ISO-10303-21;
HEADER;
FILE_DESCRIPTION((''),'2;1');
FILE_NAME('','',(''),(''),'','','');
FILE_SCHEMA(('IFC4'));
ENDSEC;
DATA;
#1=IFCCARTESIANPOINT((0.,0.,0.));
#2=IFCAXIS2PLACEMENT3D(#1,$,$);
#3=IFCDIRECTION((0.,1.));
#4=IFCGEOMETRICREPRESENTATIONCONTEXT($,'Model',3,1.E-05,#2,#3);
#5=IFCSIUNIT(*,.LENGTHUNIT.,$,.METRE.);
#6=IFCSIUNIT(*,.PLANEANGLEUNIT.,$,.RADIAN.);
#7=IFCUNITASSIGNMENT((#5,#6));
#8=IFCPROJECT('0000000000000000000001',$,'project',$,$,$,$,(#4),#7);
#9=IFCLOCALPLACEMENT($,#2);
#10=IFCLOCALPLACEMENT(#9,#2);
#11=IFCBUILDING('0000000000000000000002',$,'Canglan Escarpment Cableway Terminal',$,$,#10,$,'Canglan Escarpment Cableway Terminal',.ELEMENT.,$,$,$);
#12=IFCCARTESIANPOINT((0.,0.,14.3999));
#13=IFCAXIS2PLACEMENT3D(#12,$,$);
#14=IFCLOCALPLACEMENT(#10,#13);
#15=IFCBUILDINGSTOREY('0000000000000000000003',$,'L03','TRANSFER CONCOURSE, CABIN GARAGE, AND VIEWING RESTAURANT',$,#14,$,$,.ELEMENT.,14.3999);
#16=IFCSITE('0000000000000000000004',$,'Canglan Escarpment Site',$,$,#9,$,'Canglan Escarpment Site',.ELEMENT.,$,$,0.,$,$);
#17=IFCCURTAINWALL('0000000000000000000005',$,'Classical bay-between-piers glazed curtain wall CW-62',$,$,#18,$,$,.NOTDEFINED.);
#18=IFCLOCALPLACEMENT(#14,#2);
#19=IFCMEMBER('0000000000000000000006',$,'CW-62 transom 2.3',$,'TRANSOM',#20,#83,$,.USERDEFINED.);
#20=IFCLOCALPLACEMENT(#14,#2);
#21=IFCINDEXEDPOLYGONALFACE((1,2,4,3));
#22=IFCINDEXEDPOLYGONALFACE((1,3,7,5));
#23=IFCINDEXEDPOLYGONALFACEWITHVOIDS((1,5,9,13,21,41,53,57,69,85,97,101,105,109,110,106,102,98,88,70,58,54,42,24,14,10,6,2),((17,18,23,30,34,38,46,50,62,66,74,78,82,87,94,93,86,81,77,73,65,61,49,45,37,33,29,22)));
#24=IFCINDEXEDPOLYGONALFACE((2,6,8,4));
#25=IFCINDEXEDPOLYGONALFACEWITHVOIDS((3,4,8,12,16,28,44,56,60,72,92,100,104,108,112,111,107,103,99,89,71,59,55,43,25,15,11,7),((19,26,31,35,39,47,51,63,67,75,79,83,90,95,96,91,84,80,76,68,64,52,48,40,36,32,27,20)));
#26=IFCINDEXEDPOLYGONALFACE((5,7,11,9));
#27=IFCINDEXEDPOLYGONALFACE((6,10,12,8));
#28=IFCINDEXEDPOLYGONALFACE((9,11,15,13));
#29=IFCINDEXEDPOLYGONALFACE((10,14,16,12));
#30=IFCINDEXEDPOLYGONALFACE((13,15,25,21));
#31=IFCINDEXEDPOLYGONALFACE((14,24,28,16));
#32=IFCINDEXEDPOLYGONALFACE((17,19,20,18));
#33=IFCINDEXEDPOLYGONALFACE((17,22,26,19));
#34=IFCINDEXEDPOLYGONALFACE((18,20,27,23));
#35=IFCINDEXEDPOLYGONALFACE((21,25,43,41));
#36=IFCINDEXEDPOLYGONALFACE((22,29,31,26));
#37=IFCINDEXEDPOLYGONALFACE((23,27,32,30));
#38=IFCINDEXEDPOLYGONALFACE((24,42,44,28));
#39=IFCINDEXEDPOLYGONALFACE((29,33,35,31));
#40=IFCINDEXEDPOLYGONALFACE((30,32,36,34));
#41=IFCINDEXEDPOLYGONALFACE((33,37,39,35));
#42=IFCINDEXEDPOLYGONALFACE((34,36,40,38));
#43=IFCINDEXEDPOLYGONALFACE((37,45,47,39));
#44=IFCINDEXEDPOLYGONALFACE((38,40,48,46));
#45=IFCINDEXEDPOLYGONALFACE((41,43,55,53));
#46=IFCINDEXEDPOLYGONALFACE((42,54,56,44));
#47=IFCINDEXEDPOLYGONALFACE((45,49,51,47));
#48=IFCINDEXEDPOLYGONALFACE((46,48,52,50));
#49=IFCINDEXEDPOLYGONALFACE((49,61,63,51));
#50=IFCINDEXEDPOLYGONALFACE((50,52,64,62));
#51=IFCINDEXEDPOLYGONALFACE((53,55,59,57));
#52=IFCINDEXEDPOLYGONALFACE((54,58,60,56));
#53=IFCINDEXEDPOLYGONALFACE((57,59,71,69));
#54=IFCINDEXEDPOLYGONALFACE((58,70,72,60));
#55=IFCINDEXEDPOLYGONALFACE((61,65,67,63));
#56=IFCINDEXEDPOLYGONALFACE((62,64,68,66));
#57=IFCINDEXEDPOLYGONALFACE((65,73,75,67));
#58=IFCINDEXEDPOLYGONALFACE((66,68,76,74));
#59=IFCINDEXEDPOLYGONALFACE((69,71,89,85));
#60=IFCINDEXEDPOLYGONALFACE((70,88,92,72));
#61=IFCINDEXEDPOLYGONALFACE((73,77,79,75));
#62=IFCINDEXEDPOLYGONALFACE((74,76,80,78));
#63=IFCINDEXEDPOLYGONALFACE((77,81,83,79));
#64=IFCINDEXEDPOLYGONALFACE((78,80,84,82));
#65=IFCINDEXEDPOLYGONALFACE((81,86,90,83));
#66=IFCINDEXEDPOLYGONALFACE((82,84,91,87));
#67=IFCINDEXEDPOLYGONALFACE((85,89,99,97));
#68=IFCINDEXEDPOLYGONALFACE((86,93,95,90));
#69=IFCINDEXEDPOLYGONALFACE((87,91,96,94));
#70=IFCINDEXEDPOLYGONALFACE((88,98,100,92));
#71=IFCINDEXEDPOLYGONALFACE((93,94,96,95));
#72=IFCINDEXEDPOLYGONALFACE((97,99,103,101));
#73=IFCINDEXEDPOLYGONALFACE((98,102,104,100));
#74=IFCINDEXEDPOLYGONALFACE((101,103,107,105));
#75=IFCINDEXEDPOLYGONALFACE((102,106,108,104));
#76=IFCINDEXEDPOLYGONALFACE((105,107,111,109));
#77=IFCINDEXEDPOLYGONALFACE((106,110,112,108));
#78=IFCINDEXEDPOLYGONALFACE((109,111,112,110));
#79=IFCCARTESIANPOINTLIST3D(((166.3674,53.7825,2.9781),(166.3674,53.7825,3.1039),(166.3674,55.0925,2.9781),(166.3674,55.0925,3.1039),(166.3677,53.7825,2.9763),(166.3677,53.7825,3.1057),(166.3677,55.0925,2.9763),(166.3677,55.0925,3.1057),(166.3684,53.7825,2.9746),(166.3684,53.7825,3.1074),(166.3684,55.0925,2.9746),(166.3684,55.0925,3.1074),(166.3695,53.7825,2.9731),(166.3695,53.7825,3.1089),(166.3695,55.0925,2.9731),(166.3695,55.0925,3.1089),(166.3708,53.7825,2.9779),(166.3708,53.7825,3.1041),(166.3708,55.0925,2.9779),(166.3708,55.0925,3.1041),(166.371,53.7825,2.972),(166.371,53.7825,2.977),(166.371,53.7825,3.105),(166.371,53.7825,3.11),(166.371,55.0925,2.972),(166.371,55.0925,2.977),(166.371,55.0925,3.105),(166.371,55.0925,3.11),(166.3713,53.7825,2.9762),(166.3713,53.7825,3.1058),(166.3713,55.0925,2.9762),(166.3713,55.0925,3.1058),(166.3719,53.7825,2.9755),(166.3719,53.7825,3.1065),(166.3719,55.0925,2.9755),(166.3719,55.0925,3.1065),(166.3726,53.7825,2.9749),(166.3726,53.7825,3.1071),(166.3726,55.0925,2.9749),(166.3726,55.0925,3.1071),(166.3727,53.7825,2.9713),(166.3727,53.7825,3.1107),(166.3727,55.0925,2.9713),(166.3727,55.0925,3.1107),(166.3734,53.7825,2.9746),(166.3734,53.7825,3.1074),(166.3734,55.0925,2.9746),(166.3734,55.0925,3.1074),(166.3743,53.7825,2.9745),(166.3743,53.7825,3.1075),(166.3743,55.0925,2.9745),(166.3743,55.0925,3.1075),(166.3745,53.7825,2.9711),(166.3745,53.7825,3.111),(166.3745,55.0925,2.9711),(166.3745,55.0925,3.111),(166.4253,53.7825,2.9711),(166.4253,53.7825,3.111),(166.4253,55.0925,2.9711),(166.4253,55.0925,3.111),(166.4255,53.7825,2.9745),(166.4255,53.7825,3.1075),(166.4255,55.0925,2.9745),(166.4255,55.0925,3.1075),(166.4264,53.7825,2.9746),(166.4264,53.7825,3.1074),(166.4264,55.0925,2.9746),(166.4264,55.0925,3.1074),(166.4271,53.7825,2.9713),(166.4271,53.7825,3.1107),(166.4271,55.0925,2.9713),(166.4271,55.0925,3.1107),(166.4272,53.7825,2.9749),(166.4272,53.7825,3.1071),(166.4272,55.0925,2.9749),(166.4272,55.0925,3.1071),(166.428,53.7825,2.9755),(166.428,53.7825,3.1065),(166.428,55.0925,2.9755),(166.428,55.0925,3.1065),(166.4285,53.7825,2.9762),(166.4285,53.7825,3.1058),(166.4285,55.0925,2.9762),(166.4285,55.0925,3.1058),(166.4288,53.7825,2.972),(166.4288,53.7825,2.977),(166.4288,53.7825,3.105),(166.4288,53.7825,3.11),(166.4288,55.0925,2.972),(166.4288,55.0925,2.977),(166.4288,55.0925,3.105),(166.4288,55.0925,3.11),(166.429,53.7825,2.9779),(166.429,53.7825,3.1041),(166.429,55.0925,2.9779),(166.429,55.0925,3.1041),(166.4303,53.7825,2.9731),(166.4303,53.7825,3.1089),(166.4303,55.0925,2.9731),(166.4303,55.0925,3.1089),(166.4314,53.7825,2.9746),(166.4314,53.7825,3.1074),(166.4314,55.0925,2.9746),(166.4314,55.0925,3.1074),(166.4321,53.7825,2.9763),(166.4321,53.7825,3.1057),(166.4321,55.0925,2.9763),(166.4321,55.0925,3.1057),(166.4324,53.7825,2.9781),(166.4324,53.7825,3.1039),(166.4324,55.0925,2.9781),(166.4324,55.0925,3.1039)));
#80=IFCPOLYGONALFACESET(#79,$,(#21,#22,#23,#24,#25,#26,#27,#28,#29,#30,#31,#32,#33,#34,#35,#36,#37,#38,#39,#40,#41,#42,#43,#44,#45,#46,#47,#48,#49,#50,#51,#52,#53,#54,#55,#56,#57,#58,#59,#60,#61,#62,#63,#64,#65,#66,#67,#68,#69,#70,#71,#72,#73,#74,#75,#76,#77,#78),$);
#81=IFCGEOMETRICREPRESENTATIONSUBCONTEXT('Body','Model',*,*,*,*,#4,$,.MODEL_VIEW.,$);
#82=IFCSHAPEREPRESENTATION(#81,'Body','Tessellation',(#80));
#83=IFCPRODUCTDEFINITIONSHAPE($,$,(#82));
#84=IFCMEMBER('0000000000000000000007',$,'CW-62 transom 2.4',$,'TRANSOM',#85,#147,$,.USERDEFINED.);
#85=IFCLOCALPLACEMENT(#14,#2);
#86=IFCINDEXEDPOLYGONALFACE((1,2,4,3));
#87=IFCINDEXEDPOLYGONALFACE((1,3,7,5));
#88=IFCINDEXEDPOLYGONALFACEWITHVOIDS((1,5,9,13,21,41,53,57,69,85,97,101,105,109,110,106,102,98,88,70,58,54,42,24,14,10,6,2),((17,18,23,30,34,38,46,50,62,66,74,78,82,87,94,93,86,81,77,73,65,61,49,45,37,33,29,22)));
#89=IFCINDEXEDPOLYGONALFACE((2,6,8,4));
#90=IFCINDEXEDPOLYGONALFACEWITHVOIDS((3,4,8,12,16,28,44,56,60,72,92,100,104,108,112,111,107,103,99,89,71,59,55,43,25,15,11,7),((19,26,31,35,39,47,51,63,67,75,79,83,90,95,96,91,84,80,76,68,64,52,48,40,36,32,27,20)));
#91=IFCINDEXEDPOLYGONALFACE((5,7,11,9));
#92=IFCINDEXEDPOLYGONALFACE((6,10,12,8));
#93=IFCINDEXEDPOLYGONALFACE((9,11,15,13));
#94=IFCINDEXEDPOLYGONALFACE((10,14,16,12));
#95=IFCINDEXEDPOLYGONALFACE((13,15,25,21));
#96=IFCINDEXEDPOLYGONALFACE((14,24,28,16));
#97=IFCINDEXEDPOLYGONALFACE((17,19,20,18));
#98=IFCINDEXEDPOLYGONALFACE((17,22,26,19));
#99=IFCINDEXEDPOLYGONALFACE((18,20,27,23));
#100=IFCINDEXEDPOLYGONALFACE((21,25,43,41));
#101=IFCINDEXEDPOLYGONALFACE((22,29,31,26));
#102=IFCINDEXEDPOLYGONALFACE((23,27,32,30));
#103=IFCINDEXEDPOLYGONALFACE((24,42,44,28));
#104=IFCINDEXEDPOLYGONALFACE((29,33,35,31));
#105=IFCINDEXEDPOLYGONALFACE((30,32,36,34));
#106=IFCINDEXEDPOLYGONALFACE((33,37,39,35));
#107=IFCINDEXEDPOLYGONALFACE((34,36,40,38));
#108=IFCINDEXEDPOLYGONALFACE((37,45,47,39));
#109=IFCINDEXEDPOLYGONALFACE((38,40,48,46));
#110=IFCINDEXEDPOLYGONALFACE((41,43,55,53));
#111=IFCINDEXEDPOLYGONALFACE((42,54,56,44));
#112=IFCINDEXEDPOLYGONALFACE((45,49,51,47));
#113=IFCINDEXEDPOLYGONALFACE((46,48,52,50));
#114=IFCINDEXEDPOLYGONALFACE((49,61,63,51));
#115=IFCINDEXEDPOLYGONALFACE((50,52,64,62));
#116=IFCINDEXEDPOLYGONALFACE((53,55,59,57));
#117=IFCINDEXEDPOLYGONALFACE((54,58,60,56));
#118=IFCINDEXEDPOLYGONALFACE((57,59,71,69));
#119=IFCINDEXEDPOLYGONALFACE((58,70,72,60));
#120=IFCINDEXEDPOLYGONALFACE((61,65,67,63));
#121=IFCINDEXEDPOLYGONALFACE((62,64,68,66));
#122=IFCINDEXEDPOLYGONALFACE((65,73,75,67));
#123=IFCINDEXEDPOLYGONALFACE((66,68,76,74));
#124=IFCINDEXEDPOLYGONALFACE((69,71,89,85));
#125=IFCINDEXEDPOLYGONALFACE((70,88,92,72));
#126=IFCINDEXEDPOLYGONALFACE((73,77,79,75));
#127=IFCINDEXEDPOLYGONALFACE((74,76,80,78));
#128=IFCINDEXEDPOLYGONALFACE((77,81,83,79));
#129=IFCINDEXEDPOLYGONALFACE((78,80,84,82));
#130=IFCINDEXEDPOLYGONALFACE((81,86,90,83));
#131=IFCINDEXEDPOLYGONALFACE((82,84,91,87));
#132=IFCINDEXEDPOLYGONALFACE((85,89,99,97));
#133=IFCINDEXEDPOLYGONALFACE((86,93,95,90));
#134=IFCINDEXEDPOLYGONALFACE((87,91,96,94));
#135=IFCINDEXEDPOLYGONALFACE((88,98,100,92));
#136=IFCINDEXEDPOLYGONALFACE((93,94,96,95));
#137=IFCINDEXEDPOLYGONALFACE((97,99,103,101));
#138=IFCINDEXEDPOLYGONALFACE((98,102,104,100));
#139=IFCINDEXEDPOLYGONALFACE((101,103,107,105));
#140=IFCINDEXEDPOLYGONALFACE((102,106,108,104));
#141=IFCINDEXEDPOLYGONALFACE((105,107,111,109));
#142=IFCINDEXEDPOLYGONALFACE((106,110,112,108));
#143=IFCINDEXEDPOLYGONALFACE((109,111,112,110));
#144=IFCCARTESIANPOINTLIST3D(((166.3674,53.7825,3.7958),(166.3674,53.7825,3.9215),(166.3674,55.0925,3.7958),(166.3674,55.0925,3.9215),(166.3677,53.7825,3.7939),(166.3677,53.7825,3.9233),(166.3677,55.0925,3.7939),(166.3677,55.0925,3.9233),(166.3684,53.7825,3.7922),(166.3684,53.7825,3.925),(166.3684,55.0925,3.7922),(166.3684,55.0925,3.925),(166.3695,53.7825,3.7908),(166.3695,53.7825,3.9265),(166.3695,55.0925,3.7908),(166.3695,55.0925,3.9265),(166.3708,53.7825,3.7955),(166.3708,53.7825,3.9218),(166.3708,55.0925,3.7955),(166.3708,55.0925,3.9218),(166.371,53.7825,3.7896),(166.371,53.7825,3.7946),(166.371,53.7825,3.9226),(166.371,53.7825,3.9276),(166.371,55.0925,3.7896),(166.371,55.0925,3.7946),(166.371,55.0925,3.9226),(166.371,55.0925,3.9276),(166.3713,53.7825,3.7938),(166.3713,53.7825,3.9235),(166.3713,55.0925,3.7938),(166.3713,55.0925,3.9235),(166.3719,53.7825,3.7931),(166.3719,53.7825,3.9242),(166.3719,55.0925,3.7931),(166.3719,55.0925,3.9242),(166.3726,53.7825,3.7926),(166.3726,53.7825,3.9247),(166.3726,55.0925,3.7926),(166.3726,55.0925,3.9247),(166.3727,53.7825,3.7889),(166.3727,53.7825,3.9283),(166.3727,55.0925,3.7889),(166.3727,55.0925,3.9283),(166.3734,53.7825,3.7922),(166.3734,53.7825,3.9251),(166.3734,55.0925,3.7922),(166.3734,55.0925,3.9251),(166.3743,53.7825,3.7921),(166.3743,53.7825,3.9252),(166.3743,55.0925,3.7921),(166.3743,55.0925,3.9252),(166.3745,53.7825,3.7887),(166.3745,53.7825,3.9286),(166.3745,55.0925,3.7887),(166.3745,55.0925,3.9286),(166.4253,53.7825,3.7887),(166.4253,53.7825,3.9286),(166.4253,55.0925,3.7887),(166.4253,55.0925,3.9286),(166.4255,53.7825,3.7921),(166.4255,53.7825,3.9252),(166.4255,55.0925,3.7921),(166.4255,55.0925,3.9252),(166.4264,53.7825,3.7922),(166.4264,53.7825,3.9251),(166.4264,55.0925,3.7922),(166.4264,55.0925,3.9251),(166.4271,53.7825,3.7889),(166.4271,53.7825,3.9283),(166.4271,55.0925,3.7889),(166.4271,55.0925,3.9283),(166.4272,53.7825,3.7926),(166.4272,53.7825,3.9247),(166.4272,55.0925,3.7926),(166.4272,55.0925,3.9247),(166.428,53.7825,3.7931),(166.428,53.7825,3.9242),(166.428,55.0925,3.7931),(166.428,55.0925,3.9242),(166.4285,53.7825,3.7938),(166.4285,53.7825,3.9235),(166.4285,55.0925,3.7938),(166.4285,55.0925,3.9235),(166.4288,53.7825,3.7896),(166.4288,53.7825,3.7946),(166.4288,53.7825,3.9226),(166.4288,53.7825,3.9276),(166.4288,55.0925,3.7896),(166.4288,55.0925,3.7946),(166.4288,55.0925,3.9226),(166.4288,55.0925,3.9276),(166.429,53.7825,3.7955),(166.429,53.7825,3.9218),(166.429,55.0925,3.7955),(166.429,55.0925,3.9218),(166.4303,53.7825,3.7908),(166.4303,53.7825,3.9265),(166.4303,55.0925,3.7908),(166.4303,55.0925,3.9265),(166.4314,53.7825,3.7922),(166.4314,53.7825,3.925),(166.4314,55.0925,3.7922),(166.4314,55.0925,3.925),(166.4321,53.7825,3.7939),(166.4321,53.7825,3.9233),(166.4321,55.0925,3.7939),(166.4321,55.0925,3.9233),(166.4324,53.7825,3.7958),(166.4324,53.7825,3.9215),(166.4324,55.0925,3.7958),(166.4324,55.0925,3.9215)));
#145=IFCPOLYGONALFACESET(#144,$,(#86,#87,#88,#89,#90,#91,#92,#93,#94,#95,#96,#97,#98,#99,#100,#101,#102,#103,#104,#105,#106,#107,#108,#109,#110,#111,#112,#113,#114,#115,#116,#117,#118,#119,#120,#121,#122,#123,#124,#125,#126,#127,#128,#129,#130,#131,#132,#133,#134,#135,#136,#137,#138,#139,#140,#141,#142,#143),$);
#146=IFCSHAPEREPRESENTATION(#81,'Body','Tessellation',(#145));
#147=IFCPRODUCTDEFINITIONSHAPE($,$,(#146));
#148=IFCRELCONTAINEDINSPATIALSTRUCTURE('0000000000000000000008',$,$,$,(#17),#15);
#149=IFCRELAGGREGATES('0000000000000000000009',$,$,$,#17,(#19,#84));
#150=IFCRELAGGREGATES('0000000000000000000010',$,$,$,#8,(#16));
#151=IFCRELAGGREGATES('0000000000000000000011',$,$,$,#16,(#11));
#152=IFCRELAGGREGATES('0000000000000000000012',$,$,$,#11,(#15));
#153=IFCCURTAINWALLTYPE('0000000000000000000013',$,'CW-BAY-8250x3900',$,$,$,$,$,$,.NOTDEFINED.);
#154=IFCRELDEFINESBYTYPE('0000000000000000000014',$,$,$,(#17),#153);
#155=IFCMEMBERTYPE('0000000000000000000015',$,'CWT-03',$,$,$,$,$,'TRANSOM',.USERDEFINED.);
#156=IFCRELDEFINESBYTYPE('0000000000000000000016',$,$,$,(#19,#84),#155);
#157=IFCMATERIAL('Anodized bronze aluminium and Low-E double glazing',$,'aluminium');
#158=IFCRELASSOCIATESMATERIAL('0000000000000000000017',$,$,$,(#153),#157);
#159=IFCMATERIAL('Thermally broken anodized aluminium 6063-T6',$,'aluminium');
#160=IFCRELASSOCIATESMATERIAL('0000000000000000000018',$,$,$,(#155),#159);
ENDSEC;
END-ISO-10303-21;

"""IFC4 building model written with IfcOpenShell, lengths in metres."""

from ifc_helpers import new_model, si_unit, direction, frame, origin, origin_2d, place, context, subcontext, project, spatial, hollow_rectangle, extrude, material, material_profile, profile_set, type_object, element, aggregate, save


model = new_model("IFC4")

# Units and contexts
model_context = context("Model", 3, precision=1e-05, world=origin(), true_north=direction((0.0, 1.0)))
body_context = subcontext(model_context, "Body", "Model", "MODEL_VIEW")
ifc_project = project(units=[si_unit("LENGTHUNIT", "METRE"), si_unit("PLANEANGLEUNIT", "RADIAN")], contexts=[model_context])

# Site, building, storey
site_placement = place(None, origin())
site = spatial("IfcSite", under=ifc_project, at=site_placement, Name="Canglan Escarpment Site", LongName="Canglan Escarpment Site", CompositionType="ELEMENT", RefElevation=0.0)
building_placement = place(site_placement, origin())
building = spatial("IfcBuilding", under=site, at=building_placement, Name="Canglan Escarpment Cableway Terminal", LongName="Canglan Escarpment Cableway Terminal", CompositionType="ELEMENT")
storey_placement = place(building_placement, frame((0.0, 0.0, 14.3999)))
storey = spatial("IfcBuildingStorey", under=building, at=storey_placement, Name="L03", Description="TRANSFER CONCOURSE, CABIN GARAGE, AND VIEWING RESTAURANT", CompositionType="ELEMENT", Elevation=14.3999)

# Shared definitions
ifc_material_1 = material(Name="Anodized bronze aluminium and Low-E double glazing", Category="aluminium")
curtain_wall_type = type_object("IfcCurtainWallType", Name="CW-BAY-8250x3900", PredefinedType="NOTDEFINED", material=ifc_material_1)
ifc_material_2 = material(Name="Thermally broken anodized aluminium 6063-T6", Category="aluminium")

# Curtain wall
curtain_wall_1_placement = place(storey_placement, origin())
curtain_wall_1 = element("IfcCurtainWall", 1, at=curtain_wall_1_placement, inside=storey, type_object=curtain_wall_type, Name="Classical bay-between-piers glazed curtain wall CW-62", PredefinedType="NOTDEFINED")

# Members
ifc_material_profile_1 = material_profile(ifc_material_2, hollow_rectangle(XDim=0.0649, YDim=0.1399, WallThickness=0.0034, InnerFilletRadius=0.0034, OuterFilletRadius=0.0071, at=origin_2d()), Name="ALU-TRAN 65x140x3.5")
ifc_profile_set_1 = profile_set([ifc_material_profile_1], Name="Thermally broken anodized aluminium 6063-T6")
member_type_1 = type_object("IfcMemberType", Name="CWT-03", ElementType="TRANSOM", PredefinedType="USERDEFINED", material=ifc_profile_set_1)
member_1_placement = place(storey_placement, frame((166.3999, 53.7825, 3.041), z_axis=(0.0, 1.0, 0.0), x_axis=(-1.0, 0.0, 0.0)))
member_1 = element("IfcMember", 2, at=member_1_placement, type_object=member_type_1, Name="CW-62 transom 2.3", ObjectType="TRANSOM", PredefinedType="USERDEFINED", context=body_context, shape_type="SweptSolid", body=[
    extrude(hollow_rectangle(XDim=0.0649, YDim=0.1399, WallThickness=0.0034, InnerFilletRadius=0.0034, OuterFilletRadius=0.0071, at=origin_2d()), origin(), (0.0, 0.0, 1.0), 1.3101),
])
member_2_placement = place(storey_placement, frame((166.3999, 53.7825, 3.8586), z_axis=(0.0, 1.0, 0.0), x_axis=(-1.0, 0.0, 0.0)))
member_2 = element("IfcMember", 3, at=member_2_placement, type_object=member_type_1, Name="CW-62 transom 2.4", ObjectType="TRANSOM", PredefinedType="USERDEFINED", context=body_context, shape_type="SweptSolid", body=[
    extrude(hollow_rectangle(XDim=0.0649, YDim=0.1399, WallThickness=0.0034, InnerFilletRadius=0.0034, OuterFilletRadius=0.0071, at=origin_2d()), origin(), (0.0, 0.0, 1.0), 1.3101),
])

aggregate(curtain_wall_1, [member_1, member_2])

save(model, "model.ifc")
